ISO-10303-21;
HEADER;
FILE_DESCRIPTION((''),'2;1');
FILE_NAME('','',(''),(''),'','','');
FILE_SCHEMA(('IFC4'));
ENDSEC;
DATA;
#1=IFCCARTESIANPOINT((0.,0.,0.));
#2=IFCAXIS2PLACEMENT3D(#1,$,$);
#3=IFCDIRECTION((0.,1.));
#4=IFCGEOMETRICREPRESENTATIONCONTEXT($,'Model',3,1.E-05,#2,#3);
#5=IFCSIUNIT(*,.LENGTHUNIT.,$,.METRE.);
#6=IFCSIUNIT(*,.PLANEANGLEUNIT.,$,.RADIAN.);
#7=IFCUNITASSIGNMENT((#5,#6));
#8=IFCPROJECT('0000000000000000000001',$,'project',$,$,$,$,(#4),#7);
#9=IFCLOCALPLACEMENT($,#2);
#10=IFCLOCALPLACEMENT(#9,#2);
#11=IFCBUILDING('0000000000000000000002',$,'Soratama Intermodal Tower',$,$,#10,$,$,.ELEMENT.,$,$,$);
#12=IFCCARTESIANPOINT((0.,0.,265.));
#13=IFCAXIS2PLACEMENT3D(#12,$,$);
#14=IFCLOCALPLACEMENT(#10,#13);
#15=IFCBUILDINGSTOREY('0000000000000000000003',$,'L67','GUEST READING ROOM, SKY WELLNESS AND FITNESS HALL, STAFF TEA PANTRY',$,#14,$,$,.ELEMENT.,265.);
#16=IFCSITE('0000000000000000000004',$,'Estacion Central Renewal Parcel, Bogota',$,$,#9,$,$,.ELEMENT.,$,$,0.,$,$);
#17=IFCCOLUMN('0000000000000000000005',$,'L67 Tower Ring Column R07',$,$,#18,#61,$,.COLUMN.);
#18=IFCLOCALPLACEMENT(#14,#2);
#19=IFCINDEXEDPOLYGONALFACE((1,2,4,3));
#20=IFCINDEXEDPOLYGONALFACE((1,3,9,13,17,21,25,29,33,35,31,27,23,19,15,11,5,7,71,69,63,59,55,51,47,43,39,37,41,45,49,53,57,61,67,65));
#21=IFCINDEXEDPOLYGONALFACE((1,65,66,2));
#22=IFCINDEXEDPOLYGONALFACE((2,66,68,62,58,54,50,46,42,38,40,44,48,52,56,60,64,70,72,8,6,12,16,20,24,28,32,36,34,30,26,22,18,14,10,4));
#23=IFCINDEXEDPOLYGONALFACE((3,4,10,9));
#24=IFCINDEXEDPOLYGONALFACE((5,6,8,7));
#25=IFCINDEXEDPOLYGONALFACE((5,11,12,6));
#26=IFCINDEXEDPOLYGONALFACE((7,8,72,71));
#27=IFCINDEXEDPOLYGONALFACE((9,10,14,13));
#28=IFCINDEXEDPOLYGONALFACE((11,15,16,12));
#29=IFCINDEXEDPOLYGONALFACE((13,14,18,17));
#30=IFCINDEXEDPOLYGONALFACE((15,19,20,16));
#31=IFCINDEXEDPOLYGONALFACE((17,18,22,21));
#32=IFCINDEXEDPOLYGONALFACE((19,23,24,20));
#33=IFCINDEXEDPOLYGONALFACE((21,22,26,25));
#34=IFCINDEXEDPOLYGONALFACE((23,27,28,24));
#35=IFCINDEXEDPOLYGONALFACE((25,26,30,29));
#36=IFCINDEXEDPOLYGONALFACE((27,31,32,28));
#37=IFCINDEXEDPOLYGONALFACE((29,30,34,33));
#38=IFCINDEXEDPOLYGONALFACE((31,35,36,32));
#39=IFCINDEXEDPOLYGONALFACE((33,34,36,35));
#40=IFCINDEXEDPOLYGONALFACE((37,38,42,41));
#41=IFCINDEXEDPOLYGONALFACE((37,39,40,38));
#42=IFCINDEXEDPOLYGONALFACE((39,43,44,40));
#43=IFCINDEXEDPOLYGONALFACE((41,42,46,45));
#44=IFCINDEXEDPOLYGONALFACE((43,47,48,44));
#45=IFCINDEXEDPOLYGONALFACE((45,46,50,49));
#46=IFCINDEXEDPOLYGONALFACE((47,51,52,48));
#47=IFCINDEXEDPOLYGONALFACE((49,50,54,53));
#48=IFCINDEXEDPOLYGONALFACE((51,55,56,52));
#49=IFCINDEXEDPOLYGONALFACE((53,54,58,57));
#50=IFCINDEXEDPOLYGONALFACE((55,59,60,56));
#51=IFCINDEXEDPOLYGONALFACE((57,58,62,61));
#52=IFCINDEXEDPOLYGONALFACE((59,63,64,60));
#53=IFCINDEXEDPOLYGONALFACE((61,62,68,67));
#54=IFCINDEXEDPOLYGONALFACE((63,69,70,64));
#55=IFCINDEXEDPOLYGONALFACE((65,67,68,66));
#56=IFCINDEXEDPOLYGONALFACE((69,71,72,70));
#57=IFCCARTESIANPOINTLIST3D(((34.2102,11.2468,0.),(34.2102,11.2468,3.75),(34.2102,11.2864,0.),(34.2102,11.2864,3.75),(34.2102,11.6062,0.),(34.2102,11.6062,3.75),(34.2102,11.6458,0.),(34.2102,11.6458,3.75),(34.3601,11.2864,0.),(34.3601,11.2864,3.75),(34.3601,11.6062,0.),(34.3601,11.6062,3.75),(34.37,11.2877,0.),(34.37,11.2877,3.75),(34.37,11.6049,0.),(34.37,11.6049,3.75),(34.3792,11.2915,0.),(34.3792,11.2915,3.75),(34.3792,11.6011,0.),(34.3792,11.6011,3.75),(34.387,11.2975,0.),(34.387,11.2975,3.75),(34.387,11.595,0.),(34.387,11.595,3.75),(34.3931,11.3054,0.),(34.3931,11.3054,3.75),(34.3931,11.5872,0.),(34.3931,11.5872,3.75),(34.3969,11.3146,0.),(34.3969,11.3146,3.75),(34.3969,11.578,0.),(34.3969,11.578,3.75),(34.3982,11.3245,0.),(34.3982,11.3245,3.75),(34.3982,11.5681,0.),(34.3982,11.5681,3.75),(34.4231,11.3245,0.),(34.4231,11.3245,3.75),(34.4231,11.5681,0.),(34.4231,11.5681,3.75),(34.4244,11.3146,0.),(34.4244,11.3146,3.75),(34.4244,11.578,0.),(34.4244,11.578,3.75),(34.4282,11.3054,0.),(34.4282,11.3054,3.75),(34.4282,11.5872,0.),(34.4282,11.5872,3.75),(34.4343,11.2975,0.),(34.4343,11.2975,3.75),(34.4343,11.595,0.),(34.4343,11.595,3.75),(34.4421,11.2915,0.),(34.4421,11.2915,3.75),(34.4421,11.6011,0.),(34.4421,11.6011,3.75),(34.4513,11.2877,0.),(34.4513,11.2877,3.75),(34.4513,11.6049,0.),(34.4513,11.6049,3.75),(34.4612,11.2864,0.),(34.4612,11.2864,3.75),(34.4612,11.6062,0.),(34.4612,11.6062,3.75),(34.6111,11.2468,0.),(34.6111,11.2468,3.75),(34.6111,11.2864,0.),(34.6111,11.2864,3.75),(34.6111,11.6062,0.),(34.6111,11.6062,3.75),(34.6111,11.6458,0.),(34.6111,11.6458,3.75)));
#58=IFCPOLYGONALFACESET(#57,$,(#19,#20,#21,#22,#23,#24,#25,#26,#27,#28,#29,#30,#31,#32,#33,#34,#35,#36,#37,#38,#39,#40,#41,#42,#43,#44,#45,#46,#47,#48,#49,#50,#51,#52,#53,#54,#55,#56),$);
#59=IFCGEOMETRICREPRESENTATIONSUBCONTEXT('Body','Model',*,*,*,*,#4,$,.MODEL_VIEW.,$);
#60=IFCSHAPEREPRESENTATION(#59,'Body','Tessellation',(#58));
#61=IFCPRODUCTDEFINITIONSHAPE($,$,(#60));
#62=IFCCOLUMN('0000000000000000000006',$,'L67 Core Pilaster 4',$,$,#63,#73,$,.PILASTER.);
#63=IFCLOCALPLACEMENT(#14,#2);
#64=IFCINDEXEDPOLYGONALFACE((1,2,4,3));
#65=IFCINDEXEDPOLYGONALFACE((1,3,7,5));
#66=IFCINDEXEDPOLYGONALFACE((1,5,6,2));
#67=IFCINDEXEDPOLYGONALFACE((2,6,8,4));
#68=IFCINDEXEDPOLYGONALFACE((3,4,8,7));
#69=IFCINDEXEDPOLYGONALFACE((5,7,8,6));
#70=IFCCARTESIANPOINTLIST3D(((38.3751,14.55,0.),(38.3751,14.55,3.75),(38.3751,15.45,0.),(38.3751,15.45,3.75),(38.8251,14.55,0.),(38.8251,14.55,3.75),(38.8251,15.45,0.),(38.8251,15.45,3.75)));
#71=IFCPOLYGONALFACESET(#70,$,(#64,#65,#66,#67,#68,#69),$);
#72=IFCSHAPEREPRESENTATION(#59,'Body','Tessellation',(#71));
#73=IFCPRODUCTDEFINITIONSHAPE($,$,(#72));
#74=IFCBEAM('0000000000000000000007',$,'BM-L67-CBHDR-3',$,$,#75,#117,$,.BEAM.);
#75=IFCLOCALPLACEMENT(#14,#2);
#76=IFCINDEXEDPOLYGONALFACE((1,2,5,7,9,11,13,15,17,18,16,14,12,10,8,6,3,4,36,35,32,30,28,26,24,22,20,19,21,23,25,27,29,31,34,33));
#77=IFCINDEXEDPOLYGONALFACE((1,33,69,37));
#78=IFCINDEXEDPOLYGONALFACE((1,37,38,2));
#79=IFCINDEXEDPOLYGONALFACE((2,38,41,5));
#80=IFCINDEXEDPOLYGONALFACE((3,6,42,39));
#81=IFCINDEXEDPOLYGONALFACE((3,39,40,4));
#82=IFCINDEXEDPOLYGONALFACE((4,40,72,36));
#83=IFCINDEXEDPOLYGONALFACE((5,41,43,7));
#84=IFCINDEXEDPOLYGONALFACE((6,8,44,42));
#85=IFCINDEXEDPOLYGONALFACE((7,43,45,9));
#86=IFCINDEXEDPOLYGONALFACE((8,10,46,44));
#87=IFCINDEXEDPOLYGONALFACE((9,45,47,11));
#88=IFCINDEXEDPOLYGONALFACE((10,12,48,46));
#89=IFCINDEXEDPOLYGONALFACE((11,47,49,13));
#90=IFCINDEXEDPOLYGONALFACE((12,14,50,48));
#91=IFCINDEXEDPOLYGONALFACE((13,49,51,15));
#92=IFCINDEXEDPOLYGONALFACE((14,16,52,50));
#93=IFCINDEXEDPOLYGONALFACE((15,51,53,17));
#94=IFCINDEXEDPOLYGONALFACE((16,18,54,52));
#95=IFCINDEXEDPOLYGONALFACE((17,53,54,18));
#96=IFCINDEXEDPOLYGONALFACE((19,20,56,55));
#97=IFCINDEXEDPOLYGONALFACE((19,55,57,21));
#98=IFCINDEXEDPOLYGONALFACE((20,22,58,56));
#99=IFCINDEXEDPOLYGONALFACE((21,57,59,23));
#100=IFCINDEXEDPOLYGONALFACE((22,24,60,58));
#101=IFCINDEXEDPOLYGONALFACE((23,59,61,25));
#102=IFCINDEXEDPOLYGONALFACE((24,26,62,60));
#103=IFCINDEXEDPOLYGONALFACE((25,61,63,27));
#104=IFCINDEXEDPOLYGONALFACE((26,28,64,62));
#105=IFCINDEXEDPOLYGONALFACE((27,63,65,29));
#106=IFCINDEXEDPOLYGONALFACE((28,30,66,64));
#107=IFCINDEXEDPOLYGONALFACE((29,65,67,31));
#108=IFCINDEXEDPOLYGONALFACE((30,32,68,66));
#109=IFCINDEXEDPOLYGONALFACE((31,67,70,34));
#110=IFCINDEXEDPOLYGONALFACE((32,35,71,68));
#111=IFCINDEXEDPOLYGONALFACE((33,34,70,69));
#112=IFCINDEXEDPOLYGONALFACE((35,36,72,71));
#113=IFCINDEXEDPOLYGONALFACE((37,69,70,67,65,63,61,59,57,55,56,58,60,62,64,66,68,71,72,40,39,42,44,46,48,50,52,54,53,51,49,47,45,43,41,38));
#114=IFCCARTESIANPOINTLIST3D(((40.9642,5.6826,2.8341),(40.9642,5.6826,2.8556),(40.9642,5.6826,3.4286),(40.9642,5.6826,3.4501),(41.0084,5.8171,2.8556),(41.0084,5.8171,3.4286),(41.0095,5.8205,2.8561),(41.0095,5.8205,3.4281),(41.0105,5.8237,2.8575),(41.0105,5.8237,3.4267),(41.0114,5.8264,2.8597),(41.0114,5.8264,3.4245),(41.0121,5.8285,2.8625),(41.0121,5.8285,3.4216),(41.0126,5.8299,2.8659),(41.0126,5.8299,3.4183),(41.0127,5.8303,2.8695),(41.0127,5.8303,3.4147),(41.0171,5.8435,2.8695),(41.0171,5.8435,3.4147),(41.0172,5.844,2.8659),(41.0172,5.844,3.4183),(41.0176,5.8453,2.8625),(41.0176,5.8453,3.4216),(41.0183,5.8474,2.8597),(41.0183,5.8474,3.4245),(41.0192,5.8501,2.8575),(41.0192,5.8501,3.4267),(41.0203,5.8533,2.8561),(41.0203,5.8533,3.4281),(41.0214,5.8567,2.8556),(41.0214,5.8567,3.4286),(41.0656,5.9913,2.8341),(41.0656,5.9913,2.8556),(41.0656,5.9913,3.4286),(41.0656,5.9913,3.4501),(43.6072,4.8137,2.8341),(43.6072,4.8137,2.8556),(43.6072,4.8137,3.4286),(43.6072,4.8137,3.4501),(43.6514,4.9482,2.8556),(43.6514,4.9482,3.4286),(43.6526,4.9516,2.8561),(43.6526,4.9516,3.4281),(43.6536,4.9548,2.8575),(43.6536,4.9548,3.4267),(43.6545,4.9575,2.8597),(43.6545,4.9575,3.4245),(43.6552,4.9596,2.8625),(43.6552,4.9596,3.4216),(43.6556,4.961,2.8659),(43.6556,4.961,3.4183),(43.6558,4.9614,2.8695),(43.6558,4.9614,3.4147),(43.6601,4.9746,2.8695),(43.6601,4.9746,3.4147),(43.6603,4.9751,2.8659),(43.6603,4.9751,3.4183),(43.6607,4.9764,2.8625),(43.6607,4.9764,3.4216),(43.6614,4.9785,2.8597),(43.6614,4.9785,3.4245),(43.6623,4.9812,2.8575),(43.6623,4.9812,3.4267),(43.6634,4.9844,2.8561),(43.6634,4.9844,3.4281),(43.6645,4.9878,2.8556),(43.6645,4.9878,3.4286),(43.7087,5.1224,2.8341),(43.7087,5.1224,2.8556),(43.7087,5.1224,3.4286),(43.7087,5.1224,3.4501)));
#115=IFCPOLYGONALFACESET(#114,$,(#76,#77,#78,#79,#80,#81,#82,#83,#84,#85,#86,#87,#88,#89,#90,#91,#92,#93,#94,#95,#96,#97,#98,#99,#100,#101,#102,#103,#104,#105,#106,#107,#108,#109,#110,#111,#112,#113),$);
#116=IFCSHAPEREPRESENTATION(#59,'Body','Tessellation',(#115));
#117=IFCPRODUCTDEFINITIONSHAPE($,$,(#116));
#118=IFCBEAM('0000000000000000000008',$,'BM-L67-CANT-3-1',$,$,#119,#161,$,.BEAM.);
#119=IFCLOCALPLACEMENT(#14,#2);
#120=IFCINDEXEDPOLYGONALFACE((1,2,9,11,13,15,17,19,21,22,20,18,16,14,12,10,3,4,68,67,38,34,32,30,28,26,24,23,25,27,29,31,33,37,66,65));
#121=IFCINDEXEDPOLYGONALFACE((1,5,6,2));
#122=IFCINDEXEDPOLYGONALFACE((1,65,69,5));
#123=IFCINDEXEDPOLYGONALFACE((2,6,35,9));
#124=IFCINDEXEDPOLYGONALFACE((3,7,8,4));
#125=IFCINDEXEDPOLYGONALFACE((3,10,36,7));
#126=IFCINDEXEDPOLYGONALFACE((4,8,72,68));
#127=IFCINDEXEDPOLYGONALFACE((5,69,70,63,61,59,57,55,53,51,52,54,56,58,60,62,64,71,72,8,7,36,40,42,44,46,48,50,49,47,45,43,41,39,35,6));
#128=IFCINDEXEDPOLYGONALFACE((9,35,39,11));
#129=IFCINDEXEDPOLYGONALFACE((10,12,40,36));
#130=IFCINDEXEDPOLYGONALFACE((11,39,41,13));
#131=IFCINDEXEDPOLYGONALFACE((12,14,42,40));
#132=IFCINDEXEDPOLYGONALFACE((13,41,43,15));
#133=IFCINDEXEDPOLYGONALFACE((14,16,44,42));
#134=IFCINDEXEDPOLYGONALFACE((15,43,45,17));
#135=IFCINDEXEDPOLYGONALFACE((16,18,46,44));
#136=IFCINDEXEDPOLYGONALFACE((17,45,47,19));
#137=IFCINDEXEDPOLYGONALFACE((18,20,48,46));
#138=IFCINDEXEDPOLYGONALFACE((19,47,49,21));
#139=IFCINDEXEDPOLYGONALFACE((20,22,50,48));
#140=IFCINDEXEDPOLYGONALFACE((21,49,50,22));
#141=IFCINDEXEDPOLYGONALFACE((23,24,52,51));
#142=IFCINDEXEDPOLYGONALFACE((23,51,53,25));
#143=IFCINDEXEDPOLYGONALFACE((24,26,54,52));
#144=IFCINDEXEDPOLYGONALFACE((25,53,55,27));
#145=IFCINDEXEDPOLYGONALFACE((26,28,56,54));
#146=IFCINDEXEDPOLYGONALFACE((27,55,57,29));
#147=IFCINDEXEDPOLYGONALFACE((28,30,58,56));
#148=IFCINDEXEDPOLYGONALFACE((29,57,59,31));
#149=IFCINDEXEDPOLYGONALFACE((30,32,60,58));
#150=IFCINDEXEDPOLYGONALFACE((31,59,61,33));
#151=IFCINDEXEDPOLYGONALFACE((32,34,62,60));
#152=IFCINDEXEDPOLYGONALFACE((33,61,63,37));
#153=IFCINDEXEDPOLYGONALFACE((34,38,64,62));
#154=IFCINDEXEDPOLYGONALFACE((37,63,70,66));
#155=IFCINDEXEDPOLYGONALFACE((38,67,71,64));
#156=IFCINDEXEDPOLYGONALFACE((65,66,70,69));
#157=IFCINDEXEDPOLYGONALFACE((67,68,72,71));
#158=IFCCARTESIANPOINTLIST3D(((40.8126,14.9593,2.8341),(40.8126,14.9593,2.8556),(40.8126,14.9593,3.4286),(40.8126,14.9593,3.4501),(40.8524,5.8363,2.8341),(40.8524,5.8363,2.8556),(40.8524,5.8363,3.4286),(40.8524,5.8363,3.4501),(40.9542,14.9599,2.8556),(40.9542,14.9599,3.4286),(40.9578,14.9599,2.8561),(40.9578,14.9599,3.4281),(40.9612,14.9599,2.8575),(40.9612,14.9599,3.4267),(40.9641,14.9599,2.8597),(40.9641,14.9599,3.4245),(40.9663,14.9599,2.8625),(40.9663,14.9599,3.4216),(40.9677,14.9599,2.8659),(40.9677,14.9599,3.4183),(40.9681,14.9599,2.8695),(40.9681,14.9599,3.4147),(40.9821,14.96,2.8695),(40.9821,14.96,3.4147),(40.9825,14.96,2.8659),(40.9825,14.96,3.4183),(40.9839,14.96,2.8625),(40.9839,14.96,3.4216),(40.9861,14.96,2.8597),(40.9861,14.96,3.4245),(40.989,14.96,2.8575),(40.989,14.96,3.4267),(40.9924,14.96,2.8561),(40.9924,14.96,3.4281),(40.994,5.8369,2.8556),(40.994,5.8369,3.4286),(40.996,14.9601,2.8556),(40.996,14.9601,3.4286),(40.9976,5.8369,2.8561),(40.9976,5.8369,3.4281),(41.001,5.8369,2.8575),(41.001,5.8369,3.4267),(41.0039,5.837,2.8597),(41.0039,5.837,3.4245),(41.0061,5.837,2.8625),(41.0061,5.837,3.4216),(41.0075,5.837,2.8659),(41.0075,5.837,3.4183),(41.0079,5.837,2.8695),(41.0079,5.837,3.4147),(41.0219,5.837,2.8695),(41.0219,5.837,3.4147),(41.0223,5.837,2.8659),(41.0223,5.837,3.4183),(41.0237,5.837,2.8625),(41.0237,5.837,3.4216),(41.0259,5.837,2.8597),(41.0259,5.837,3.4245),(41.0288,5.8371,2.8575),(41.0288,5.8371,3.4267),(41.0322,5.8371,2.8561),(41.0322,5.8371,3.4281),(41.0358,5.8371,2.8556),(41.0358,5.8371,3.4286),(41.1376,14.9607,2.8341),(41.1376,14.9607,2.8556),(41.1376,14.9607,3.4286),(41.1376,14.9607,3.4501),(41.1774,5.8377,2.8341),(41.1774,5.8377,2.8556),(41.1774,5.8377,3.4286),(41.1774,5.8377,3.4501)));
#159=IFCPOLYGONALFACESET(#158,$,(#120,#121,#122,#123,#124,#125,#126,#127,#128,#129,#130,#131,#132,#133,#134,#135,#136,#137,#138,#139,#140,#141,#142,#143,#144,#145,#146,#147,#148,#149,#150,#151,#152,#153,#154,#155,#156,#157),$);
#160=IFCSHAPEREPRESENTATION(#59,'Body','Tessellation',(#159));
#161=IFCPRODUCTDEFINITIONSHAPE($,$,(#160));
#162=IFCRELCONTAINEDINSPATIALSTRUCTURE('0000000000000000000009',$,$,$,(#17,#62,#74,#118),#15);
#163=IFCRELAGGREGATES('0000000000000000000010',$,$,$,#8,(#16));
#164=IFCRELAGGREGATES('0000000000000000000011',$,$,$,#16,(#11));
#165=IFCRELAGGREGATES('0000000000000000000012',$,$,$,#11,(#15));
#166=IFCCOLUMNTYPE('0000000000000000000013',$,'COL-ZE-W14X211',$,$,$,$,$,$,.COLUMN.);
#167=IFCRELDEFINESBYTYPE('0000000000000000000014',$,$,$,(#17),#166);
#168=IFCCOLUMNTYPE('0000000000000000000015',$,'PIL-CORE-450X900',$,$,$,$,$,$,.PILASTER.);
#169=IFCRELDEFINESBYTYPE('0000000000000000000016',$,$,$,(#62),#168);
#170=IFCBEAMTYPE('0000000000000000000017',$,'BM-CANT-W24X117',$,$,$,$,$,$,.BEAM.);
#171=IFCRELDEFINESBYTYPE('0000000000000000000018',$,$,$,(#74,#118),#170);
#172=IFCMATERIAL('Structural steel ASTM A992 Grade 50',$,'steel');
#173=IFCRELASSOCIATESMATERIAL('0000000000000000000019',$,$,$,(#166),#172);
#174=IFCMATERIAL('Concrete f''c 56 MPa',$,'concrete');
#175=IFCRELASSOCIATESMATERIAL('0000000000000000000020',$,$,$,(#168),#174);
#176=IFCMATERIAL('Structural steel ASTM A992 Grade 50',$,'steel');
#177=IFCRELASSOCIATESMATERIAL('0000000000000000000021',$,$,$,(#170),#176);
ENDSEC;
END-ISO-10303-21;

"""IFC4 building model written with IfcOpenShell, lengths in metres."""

from ifc_helpers import new_model, si_unit, direction, frame, origin, origin_2d, place, context, subcontext, project, spatial, rectangle, i_section, extrude, material, material_profile, profile_set, type_object, element, save


model = new_model("IFC4")

# Units and contexts
model_context = context("Model", 3, precision=1e-05, world=origin(), true_north=direction((0.0, 1.0)))
body_context = subcontext(model_context, "Body", "Model", "MODEL_VIEW")
ifc_project = project(units=[si_unit("LENGTHUNIT", "METRE"), si_unit("PLANEANGLEUNIT", "RADIAN")], contexts=[model_context])

# Site, building, storey
site_placement = place(None, origin())
site = spatial("IfcSite", under=ifc_project, at=site_placement, Name="Estacion Central Renewal Parcel, Bogota", CompositionType="ELEMENT", RefElevation=0.0)
building_placement = place(site_placement, origin())
building = spatial("IfcBuilding", under=site, at=building_placement, Name="Soratama Intermodal Tower", CompositionType="ELEMENT")
storey_placement = place(building_placement, frame((0.0, 0.0, 265.0)))
storey = spatial("IfcBuildingStorey", under=building, at=storey_placement, Name="L67", Description="GUEST READING ROOM, SKY WELLNESS AND FITNESS HALL, STAFF TEA PANTRY", CompositionType="ELEMENT", Elevation=265.0)

# Columns
ifc_material_1 = material(Name="Structural steel ASTM A992 Grade 50", Category="steel")
ifc_material_profile_1 = material_profile(ifc_material_1, i_section(OverallWidth=0.4009, OverallDepth=0.3989, WebThickness=0.0249, FlangeThickness=0.0396, FilletRadius=0.0381, at=origin_2d()), Name="W14X211")
ifc_profile_set_1 = profile_set([ifc_material_profile_1], Name="Structural steel ASTM A992 Grade 50")
column_type_1 = type_object("IfcColumnType", Name="COL-ZE-W14X211", PredefinedType="COLUMN", material=ifc_profile_set_1)
column_1_placement = place(storey_placement, frame((34.4106, 11.4463, 0.0), z_axis=(0.0, 0.0, 1.0), x_axis=(1.0, 0.0, 0.0)))
element("IfcColumn", 1, at=column_1_placement, inside=storey, type_object=column_type_1, Name="L67 Tower Ring Column R07", PredefinedType="COLUMN", context=body_context, shape_type="SweptSolid", body=[
    extrude(i_section(OverallWidth=0.4009, OverallDepth=0.3989, WebThickness=0.0249, FlangeThickness=0.0396, FilletRadius=0.0381, at=origin_2d()), origin(), (0.0, 0.0, 1.0), 3.75),
])
ifc_material_2 = material(Name="Concrete f'c 56 MPa", Category="concrete")
ifc_material_profile_2 = material_profile(ifc_material_2, rectangle(XDim=0.45, YDim=0.8999, at=origin_2d()), Name="RC450X900")
ifc_profile_set_2 = profile_set([ifc_material_profile_2], Name="Concrete f'c 56 MPa")
column_type_2 = type_object("IfcColumnType", Name="PIL-CORE-450X900", PredefinedType="PILASTER", material=ifc_profile_set_2)
column_2_placement = place(storey_placement, frame((38.6001, 15.0, 0.0), z_axis=(0.0, 0.0, 1.0), x_axis=(1.0, 0.0, 0.0)))
element("IfcColumn", 2, at=column_2_placement, inside=storey, type_object=column_type_2, Name="L67 Core Pilaster 4", PredefinedType="PILASTER", context=body_context, shape_type="SweptSolid", body=[
    extrude(rectangle(XDim=0.45, YDim=0.8999, at=origin_2d()), origin(), (0.0, 0.0, 1.0), 3.75),
])

# Beams
ifc_material_3 = material(Name="Structural steel ASTM A992 Grade 50", Category="steel")
ifc_material_profile_3 = material_profile(ifc_material_3, i_section(OverallWidth=0.325, OverallDepth=0.616, WebThickness=0.0139, FlangeThickness=0.0215, FilletRadius=0.0139, at=origin_2d()), Name="W24X117")
ifc_profile_set_3 = profile_set([ifc_material_profile_3], Name="Structural steel ASTM A992 Grade 50")
beam_type_1 = type_object("IfcBeamType", Name="BM-CANT-W24X117", PredefinedType="BEAM", material=ifc_profile_set_3)
beam_1_placement = place(storey_placement, frame((41.0149, 5.8369, 3.1421), z_axis=(0.949983, -0.312303, 0.0), x_axis=(0.312303, 0.949983, 0.0)))
element("IfcBeam", 3, at=beam_1_placement, inside=storey, type_object=beam_type_1, Name="BM-L67-CBHDR-3", PredefinedType="BEAM", context=body_context, shape_type="SweptSolid", body=[
    extrude(i_section(OverallWidth=0.325, OverallDepth=0.616, WebThickness=0.0139, FlangeThickness=0.0215, FilletRadius=0.0139, at=origin_2d()), origin(), (0.0, 0.0, 1.0), 2.7822),
])
beam_2_placement = place(storey_placement, frame((40.9751, 14.96, 3.1421), z_axis=(0.004362, -0.99999, 0.0), x_axis=(0.99999, 0.004362, 0.0)))
element("IfcBeam", 4, at=beam_2_placement, inside=storey, type_object=beam_type_1, Name="BM-L67-CANT-3-1", PredefinedType="BEAM", context=body_context, shape_type="SweptSolid", body=[
    extrude(i_section(OverallWidth=0.325, OverallDepth=0.616, WebThickness=0.0139, FlangeThickness=0.0215, FilletRadius=0.0139, at=origin_2d()), origin(), (0.0, 0.0, 1.0), 9.123),
])

save(model, "model.ifc")
